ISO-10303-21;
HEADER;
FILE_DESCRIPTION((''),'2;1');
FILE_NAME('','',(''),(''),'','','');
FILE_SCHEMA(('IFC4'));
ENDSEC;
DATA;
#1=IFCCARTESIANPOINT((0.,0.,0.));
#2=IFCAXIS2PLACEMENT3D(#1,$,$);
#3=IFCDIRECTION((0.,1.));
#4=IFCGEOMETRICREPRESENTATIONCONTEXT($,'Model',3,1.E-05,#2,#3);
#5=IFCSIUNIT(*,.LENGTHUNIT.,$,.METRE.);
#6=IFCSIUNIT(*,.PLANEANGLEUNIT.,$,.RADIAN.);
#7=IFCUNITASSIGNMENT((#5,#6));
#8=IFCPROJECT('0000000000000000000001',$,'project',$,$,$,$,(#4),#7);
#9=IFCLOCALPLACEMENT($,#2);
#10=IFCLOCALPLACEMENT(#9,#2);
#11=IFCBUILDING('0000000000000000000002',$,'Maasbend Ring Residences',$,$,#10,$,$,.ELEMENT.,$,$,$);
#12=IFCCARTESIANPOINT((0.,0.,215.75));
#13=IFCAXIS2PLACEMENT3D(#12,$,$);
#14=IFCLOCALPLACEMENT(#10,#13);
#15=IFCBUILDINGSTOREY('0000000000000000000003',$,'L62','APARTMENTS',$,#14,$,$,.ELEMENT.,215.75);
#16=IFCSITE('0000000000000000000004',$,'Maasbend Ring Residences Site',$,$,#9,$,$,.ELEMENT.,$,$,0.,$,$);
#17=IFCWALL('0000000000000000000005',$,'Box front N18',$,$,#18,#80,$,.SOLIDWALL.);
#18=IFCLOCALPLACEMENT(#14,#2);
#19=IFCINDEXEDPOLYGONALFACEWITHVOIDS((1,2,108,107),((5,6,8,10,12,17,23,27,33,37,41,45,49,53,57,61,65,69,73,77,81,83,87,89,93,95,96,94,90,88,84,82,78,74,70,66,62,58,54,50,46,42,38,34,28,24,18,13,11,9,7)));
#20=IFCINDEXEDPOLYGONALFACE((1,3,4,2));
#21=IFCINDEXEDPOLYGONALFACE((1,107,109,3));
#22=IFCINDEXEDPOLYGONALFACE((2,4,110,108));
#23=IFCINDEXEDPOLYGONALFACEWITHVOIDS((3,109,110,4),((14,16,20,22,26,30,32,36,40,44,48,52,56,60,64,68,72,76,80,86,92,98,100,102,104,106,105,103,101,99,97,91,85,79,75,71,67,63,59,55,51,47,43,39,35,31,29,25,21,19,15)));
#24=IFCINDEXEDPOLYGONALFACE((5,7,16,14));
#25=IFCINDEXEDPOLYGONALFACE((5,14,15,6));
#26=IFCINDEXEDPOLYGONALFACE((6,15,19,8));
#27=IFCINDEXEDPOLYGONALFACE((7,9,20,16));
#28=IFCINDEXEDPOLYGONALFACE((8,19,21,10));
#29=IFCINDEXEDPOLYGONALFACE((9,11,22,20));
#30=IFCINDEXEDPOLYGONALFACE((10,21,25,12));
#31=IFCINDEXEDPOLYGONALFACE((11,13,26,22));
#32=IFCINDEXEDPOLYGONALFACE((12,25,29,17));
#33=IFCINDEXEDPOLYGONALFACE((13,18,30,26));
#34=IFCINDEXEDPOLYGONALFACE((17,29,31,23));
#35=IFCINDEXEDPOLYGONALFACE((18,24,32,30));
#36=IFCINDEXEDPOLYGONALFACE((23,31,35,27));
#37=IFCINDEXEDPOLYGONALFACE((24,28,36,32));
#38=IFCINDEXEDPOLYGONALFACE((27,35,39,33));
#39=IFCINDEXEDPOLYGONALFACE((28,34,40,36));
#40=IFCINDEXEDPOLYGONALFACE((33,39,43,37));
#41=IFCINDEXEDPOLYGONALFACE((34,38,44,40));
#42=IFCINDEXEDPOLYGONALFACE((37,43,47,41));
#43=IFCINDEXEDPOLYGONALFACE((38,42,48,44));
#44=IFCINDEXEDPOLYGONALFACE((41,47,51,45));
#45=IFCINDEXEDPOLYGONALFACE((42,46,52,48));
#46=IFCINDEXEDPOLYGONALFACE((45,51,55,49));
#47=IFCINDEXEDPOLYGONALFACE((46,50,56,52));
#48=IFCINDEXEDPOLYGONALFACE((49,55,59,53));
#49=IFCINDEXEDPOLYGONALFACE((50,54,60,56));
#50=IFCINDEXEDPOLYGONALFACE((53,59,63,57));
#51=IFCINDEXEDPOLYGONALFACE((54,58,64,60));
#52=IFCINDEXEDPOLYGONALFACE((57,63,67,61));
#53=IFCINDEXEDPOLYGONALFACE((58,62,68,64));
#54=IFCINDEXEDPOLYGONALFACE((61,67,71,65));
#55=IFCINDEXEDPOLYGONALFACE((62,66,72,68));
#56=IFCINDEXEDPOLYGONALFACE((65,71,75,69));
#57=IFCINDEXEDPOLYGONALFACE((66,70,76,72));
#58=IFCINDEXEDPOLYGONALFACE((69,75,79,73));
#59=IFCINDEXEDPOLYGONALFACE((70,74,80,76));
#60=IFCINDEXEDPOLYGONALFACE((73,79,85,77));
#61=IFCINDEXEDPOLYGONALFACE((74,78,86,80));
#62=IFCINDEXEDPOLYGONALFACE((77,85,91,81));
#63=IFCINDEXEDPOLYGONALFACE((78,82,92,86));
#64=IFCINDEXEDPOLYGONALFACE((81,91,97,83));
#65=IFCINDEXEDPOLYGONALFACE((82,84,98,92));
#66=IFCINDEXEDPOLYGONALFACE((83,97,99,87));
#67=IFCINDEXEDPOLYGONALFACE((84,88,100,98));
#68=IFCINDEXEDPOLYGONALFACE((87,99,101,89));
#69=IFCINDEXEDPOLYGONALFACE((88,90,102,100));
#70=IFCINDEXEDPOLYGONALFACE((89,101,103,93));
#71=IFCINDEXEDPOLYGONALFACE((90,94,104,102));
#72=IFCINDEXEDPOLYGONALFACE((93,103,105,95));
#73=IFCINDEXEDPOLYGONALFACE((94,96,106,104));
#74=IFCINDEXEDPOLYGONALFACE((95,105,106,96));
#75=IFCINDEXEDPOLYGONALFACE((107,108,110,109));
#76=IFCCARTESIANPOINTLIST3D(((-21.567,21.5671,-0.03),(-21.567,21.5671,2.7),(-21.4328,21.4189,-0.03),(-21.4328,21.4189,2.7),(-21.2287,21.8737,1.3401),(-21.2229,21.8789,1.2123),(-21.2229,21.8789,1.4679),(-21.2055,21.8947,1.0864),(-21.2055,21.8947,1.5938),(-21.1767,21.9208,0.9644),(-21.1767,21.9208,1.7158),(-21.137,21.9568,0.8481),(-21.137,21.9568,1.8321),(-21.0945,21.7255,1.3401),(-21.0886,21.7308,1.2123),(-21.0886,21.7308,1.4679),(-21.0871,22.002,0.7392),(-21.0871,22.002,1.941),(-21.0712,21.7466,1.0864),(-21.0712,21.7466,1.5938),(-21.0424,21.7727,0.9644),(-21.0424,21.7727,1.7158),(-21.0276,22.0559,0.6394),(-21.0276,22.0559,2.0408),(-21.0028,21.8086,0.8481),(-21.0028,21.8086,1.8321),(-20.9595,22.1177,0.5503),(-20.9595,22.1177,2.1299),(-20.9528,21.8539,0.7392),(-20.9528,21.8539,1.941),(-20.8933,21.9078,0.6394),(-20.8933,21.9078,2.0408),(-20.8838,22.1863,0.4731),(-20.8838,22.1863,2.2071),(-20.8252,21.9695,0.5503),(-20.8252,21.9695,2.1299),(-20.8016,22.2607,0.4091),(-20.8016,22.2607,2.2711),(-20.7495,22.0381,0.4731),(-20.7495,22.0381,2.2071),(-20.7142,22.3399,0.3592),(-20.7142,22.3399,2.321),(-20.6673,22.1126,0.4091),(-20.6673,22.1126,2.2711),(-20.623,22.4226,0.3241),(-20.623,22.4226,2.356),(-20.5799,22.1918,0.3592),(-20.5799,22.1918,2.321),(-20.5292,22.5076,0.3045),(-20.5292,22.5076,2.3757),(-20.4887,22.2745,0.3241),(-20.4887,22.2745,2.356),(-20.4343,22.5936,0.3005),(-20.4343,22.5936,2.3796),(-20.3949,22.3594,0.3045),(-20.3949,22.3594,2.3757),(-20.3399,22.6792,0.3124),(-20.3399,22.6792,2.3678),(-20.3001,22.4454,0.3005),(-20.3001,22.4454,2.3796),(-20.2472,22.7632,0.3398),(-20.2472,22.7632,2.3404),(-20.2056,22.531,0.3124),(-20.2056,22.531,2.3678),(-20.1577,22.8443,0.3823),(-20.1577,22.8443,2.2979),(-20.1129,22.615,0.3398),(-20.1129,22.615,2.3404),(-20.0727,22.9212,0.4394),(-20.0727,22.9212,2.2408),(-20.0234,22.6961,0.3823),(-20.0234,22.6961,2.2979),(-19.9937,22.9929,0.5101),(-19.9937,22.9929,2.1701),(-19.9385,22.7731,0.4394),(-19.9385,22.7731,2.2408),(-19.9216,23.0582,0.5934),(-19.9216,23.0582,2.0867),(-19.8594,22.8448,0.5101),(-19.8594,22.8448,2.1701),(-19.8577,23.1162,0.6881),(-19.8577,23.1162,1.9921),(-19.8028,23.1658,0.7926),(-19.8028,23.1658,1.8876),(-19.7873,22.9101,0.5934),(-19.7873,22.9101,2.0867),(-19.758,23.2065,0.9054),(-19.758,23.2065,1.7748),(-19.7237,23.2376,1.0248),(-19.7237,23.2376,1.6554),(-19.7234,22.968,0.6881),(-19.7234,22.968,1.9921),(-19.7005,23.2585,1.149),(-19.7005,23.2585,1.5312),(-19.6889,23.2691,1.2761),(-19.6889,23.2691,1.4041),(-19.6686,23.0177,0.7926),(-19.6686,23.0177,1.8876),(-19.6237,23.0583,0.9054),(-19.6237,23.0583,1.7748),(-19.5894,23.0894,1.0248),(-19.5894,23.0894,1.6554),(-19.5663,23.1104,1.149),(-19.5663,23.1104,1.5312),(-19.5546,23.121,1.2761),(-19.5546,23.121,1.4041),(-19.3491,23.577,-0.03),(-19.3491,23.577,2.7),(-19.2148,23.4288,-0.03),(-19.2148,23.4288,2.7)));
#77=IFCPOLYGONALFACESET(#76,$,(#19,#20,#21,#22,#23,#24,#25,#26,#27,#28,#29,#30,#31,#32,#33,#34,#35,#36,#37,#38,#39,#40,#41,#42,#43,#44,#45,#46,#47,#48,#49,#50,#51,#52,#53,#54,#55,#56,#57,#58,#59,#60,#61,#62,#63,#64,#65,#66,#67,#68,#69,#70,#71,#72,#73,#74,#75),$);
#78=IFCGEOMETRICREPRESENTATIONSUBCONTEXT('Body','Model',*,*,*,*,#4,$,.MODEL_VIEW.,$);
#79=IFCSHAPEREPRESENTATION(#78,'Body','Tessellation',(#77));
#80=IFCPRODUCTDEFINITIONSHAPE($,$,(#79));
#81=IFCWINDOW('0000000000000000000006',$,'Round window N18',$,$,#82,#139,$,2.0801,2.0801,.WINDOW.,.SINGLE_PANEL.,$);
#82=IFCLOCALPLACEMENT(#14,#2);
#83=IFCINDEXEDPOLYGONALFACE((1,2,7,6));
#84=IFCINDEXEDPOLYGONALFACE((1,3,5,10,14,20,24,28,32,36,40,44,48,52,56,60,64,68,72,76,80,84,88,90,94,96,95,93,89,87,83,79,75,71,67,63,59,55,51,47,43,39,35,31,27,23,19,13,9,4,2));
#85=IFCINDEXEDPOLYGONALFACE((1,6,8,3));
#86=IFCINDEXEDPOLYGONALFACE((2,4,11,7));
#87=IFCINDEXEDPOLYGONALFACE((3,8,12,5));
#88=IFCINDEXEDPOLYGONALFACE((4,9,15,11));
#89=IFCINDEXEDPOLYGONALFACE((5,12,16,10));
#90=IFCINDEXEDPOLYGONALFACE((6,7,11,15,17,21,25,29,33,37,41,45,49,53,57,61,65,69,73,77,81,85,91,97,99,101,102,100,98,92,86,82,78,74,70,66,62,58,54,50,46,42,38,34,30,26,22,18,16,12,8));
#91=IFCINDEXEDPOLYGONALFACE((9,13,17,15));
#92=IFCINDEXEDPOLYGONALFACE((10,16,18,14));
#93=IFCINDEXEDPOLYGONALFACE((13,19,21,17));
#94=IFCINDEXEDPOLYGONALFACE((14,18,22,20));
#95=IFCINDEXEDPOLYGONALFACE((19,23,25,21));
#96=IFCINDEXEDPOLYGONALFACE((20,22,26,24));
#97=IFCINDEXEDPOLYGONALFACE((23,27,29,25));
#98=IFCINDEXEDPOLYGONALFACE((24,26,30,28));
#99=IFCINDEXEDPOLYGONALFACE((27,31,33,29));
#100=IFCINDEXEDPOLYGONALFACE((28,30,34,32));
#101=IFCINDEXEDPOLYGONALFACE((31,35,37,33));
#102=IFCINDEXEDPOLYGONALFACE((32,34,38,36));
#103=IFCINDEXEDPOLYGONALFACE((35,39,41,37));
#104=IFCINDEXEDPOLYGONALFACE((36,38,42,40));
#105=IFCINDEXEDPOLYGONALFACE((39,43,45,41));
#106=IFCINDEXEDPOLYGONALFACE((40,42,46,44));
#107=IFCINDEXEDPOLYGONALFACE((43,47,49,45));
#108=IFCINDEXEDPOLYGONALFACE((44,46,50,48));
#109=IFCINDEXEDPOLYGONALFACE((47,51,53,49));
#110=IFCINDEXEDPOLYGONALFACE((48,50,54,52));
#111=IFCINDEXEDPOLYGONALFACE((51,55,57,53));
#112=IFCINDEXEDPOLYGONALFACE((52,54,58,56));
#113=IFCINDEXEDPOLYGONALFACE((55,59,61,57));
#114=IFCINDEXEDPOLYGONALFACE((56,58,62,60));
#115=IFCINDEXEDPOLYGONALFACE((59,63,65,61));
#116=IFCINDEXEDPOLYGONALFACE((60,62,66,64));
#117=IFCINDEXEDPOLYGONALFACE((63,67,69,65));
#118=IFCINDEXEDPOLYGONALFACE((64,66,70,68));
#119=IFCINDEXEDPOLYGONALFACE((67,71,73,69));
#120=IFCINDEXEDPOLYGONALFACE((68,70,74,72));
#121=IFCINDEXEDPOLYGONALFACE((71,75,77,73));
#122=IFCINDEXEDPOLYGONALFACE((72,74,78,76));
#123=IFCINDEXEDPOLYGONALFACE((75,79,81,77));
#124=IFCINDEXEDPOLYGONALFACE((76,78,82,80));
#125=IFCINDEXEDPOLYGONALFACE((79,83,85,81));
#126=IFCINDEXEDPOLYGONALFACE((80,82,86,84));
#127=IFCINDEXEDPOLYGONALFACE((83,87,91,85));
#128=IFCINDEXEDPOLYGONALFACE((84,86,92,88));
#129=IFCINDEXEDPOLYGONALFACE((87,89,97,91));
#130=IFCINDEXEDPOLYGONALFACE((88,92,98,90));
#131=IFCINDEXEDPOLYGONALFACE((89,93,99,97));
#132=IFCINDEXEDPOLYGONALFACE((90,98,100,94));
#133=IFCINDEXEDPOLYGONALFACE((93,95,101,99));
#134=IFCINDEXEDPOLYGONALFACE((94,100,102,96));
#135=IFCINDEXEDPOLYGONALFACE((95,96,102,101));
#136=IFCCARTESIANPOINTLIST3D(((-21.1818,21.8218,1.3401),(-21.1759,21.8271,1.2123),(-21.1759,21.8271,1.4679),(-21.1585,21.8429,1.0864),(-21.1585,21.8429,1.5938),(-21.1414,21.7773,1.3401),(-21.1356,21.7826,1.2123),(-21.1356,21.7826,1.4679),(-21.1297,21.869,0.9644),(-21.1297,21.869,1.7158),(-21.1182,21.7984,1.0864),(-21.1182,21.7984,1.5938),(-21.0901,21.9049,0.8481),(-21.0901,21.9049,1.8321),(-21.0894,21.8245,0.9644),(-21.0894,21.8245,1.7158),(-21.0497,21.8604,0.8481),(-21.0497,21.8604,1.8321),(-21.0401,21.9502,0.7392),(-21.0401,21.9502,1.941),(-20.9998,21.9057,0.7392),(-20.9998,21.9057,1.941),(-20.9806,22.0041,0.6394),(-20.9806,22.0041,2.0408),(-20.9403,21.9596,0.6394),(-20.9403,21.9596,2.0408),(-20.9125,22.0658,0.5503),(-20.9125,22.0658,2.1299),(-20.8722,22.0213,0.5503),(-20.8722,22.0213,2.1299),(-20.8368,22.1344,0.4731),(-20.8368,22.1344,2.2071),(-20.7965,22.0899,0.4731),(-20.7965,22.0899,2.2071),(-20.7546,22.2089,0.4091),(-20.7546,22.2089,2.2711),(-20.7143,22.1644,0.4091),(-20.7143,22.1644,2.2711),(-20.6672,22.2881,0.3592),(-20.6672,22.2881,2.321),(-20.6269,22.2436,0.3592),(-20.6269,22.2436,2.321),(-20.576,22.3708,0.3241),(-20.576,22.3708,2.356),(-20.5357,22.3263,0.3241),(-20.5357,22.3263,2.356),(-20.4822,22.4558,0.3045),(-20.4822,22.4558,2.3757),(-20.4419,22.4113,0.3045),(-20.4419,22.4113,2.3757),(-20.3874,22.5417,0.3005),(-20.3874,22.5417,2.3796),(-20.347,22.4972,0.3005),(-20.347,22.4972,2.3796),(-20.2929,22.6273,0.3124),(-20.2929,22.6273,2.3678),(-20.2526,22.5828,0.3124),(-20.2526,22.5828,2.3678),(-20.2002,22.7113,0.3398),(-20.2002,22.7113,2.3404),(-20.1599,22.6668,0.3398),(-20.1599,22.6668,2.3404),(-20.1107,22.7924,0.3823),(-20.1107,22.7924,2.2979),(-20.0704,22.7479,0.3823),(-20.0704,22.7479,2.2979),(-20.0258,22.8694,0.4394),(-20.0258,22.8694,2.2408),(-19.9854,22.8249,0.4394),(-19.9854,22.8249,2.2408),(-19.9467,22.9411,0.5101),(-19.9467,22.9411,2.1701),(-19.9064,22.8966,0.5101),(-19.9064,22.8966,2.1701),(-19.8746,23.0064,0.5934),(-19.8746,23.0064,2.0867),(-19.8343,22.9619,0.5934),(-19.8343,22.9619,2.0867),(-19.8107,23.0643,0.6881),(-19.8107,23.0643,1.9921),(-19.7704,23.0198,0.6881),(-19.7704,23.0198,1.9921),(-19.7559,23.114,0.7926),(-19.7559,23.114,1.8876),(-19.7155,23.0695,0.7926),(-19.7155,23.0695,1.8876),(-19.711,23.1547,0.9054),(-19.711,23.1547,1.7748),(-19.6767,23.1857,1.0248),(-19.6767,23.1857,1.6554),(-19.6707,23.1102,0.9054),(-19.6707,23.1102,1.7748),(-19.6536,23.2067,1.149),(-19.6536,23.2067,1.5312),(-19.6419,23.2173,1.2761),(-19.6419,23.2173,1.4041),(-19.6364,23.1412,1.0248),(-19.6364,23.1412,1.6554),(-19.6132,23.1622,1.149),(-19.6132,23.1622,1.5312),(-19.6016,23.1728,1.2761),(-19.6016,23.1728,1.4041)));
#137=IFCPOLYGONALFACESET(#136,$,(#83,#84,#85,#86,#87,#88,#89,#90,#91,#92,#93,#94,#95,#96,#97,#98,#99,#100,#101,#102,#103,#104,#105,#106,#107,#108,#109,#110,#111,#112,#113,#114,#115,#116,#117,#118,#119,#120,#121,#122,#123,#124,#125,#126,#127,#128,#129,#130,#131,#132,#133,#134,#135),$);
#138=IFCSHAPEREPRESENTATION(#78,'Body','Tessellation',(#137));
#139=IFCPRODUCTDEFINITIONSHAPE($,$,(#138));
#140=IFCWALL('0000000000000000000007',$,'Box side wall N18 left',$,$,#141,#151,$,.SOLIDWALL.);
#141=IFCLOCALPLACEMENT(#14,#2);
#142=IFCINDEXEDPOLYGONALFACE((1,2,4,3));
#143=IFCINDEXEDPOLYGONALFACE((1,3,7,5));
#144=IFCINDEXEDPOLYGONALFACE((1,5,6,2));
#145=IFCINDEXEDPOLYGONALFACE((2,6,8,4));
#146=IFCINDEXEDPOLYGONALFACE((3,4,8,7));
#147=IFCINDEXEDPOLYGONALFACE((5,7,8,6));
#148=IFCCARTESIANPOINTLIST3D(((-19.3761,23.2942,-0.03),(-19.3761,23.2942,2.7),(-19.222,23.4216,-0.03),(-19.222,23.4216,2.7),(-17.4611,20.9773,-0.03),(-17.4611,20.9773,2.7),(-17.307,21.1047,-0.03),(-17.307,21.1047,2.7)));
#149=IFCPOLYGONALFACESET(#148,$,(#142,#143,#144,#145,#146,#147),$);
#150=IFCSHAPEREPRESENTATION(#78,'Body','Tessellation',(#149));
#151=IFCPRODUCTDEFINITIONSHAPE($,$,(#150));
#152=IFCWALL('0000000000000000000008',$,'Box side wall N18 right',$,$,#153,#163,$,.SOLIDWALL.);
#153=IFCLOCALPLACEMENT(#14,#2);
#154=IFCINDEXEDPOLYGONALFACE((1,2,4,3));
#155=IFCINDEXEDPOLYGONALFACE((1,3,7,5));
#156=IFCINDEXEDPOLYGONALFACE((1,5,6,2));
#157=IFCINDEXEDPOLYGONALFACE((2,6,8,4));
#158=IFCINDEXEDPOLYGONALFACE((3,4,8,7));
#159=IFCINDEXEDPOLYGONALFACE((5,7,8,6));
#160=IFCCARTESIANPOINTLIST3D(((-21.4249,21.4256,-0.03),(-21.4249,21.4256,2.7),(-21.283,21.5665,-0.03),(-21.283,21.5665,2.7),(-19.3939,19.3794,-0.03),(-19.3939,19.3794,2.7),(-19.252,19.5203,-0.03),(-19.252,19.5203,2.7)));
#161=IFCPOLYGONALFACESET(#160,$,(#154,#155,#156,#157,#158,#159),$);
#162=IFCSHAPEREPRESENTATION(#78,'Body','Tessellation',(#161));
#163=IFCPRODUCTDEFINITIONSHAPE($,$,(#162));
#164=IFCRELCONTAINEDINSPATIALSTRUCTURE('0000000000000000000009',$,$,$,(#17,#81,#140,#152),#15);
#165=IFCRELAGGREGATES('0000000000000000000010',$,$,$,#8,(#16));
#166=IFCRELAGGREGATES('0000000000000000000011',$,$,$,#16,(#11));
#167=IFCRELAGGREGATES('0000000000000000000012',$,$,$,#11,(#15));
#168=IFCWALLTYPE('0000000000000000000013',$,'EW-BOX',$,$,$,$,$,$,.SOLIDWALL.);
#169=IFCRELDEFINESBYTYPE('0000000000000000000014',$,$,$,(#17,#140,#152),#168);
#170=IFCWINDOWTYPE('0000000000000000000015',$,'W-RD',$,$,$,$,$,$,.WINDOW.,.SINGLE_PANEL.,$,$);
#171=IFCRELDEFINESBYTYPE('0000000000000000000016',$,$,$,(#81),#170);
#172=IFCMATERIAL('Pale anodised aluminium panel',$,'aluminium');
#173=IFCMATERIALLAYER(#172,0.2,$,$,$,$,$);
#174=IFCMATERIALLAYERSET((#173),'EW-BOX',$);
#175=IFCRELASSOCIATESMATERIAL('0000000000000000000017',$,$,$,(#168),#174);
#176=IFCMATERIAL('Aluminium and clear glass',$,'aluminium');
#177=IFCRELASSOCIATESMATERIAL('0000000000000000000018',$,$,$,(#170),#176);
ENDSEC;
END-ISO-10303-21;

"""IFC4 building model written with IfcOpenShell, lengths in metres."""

from ifc_helpers import new_model, si_unit, direction, frame, frame_2d, origin, place, context, subcontext, project, spatial, rectangle, circle, extrude, material, layer, layer_set, type_object, element, fill, save


model = new_model("IFC4")

# Units and contexts
model_context = context("Model", 3, precision=1e-05, world=origin(), true_north=direction((0.0, 1.0)))
body_context = subcontext(model_context, "Body", "Model", "MODEL_VIEW")
ifc_project = project(units=[si_unit("LENGTHUNIT", "METRE"), si_unit("PLANEANGLEUNIT", "RADIAN")], contexts=[model_context])

# Site, building, storey
site_placement = place(None, origin())
site = spatial("IfcSite", under=ifc_project, at=site_placement, Name="Maasbend Ring Residences Site", CompositionType="ELEMENT", RefElevation=0.0)
building_placement = place(site_placement, origin())
building = spatial("IfcBuilding", under=site, at=building_placement, Name="Maasbend Ring Residences", CompositionType="ELEMENT")
storey_placement = place(building_placement, frame((0.0, 0.0, 215.75)))
storey = spatial("IfcBuildingStorey", under=building, at=storey_placement, Name="L62", Description="APARTMENTS", CompositionType="ELEMENT", Elevation=215.75)

# Shared definitions
ifc_material_1 = material(Name="Pale anodised aluminium panel", Category="aluminium")
ifc_layer_1 = layer(ifc_material_1, 0.2)
ifc_layer_set_1 = layer_set([ifc_layer_1], Name="EW-BOX")
wall_type_1 = type_object("IfcWallType", Name="EW-BOX", PredefinedType="SOLIDWALL", material=ifc_layer_set_1)
ifc_material_2 = material(Name="Aluminium and clear glass", Category="aluminium")
window_type_1 = type_object("IfcWindowType", Name="W-RD", PartitioningType="SINGLE_PANEL", PredefinedType="WINDOW", material=ifc_material_2)

# Wall, opening, window
wall_1_placement = place(storey_placement, frame((-19.282, 23.5029, -0.03), z_axis=(0.0, 0.0, 1.0), x_axis=(-0.740998, -0.671507, 0.0)))
wall_1 = element("IfcWall", 1, at=wall_1_placement, inside=storey, type_object=wall_type_1, Name="Box front N18", PredefinedType="SOLIDWALL", context=body_context, shape_type="SweptSolid", body=[
    extrude(rectangle(XDim=2.9932, YDim=0.2, at=frame_2d((1.4966, 0.0))), origin(), (0.0, 0.0, 1.0), 2.73),
])
opening_1_placement = place(wall_1_placement, frame((0.4565, 0.0, 0.3301)))
opening_1 = element("IfcOpeningElement", 2, at=opening_1_placement, cuts=wall_1, PredefinedType="OPENING", context=body_context, shape_type="SweptSolid", body=[
    extrude(circle(Radius=1.04, at=frame_2d((1.04, 1.04))), frame((0.0, 0.1099, 0.0), z_axis=(0.0, -1.0, 0.0), x_axis=(1.0, 0.0, 0.0)), (0.0, 0.0, 1.0), 0.22),
])
window_1_placement = place(opening_1_placement, origin())
window_1 = element("IfcWindow", 3, at=window_1_placement, inside=storey, type_object=window_type_1, Name="Round window N18", OverallHeight=2.0801, OverallWidth=2.0801, PartitioningType="SINGLE_PANEL", PredefinedType="WINDOW", context=body_context, shape_type="SweptSolid", body=[
    extrude(circle(Radius=1.04, at=frame_2d((1.04, 1.04))), frame((0.0, 0.03, 0.0), z_axis=(0.0, -1.0, 0.0), x_axis=(1.0, 0.0, 0.0)), (0.0, 0.0, 1.0), 0.0601),
])
fill(opening_1, window_1)

# Walls
wall_2_placement = place(storey_placement, frame((-17.384, 21.041, -0.03), z_axis=(0.0, 0.0, 1.0), x_axis=(-0.637096, 0.770785, 0.0)))
element("IfcWall", 4, at=wall_2_placement, inside=storey, type_object=wall_type_1, Name="Box side wall N18 left", PredefinedType="SOLIDWALL", context=body_context, shape_type="SweptSolid", body=[
    extrude(rectangle(XDim=3.0059, YDim=0.2, at=frame_2d((1.5029, 0.0))), origin(), (0.0, 0.0, 1.0), 2.73),
])
wall_3_placement = place(storey_placement, frame((-19.323, 19.45, -0.03), z_axis=(0.0, 0.0, 1.0), x_axis=(-0.704477, 0.709727, 0.0)))
element("IfcWall", 5, at=wall_3_placement, inside=storey, type_object=wall_type_1, Name="Box side wall N18 right", PredefinedType="SOLIDWALL", context=body_context, shape_type="SweptSolid", body=[
    extrude(rectangle(XDim=2.8831, YDim=0.2, at=frame_2d((1.4414, 0.0))), origin(), (0.0, 0.0, 1.0), 2.73),
])

save(model, "model.ifc")
